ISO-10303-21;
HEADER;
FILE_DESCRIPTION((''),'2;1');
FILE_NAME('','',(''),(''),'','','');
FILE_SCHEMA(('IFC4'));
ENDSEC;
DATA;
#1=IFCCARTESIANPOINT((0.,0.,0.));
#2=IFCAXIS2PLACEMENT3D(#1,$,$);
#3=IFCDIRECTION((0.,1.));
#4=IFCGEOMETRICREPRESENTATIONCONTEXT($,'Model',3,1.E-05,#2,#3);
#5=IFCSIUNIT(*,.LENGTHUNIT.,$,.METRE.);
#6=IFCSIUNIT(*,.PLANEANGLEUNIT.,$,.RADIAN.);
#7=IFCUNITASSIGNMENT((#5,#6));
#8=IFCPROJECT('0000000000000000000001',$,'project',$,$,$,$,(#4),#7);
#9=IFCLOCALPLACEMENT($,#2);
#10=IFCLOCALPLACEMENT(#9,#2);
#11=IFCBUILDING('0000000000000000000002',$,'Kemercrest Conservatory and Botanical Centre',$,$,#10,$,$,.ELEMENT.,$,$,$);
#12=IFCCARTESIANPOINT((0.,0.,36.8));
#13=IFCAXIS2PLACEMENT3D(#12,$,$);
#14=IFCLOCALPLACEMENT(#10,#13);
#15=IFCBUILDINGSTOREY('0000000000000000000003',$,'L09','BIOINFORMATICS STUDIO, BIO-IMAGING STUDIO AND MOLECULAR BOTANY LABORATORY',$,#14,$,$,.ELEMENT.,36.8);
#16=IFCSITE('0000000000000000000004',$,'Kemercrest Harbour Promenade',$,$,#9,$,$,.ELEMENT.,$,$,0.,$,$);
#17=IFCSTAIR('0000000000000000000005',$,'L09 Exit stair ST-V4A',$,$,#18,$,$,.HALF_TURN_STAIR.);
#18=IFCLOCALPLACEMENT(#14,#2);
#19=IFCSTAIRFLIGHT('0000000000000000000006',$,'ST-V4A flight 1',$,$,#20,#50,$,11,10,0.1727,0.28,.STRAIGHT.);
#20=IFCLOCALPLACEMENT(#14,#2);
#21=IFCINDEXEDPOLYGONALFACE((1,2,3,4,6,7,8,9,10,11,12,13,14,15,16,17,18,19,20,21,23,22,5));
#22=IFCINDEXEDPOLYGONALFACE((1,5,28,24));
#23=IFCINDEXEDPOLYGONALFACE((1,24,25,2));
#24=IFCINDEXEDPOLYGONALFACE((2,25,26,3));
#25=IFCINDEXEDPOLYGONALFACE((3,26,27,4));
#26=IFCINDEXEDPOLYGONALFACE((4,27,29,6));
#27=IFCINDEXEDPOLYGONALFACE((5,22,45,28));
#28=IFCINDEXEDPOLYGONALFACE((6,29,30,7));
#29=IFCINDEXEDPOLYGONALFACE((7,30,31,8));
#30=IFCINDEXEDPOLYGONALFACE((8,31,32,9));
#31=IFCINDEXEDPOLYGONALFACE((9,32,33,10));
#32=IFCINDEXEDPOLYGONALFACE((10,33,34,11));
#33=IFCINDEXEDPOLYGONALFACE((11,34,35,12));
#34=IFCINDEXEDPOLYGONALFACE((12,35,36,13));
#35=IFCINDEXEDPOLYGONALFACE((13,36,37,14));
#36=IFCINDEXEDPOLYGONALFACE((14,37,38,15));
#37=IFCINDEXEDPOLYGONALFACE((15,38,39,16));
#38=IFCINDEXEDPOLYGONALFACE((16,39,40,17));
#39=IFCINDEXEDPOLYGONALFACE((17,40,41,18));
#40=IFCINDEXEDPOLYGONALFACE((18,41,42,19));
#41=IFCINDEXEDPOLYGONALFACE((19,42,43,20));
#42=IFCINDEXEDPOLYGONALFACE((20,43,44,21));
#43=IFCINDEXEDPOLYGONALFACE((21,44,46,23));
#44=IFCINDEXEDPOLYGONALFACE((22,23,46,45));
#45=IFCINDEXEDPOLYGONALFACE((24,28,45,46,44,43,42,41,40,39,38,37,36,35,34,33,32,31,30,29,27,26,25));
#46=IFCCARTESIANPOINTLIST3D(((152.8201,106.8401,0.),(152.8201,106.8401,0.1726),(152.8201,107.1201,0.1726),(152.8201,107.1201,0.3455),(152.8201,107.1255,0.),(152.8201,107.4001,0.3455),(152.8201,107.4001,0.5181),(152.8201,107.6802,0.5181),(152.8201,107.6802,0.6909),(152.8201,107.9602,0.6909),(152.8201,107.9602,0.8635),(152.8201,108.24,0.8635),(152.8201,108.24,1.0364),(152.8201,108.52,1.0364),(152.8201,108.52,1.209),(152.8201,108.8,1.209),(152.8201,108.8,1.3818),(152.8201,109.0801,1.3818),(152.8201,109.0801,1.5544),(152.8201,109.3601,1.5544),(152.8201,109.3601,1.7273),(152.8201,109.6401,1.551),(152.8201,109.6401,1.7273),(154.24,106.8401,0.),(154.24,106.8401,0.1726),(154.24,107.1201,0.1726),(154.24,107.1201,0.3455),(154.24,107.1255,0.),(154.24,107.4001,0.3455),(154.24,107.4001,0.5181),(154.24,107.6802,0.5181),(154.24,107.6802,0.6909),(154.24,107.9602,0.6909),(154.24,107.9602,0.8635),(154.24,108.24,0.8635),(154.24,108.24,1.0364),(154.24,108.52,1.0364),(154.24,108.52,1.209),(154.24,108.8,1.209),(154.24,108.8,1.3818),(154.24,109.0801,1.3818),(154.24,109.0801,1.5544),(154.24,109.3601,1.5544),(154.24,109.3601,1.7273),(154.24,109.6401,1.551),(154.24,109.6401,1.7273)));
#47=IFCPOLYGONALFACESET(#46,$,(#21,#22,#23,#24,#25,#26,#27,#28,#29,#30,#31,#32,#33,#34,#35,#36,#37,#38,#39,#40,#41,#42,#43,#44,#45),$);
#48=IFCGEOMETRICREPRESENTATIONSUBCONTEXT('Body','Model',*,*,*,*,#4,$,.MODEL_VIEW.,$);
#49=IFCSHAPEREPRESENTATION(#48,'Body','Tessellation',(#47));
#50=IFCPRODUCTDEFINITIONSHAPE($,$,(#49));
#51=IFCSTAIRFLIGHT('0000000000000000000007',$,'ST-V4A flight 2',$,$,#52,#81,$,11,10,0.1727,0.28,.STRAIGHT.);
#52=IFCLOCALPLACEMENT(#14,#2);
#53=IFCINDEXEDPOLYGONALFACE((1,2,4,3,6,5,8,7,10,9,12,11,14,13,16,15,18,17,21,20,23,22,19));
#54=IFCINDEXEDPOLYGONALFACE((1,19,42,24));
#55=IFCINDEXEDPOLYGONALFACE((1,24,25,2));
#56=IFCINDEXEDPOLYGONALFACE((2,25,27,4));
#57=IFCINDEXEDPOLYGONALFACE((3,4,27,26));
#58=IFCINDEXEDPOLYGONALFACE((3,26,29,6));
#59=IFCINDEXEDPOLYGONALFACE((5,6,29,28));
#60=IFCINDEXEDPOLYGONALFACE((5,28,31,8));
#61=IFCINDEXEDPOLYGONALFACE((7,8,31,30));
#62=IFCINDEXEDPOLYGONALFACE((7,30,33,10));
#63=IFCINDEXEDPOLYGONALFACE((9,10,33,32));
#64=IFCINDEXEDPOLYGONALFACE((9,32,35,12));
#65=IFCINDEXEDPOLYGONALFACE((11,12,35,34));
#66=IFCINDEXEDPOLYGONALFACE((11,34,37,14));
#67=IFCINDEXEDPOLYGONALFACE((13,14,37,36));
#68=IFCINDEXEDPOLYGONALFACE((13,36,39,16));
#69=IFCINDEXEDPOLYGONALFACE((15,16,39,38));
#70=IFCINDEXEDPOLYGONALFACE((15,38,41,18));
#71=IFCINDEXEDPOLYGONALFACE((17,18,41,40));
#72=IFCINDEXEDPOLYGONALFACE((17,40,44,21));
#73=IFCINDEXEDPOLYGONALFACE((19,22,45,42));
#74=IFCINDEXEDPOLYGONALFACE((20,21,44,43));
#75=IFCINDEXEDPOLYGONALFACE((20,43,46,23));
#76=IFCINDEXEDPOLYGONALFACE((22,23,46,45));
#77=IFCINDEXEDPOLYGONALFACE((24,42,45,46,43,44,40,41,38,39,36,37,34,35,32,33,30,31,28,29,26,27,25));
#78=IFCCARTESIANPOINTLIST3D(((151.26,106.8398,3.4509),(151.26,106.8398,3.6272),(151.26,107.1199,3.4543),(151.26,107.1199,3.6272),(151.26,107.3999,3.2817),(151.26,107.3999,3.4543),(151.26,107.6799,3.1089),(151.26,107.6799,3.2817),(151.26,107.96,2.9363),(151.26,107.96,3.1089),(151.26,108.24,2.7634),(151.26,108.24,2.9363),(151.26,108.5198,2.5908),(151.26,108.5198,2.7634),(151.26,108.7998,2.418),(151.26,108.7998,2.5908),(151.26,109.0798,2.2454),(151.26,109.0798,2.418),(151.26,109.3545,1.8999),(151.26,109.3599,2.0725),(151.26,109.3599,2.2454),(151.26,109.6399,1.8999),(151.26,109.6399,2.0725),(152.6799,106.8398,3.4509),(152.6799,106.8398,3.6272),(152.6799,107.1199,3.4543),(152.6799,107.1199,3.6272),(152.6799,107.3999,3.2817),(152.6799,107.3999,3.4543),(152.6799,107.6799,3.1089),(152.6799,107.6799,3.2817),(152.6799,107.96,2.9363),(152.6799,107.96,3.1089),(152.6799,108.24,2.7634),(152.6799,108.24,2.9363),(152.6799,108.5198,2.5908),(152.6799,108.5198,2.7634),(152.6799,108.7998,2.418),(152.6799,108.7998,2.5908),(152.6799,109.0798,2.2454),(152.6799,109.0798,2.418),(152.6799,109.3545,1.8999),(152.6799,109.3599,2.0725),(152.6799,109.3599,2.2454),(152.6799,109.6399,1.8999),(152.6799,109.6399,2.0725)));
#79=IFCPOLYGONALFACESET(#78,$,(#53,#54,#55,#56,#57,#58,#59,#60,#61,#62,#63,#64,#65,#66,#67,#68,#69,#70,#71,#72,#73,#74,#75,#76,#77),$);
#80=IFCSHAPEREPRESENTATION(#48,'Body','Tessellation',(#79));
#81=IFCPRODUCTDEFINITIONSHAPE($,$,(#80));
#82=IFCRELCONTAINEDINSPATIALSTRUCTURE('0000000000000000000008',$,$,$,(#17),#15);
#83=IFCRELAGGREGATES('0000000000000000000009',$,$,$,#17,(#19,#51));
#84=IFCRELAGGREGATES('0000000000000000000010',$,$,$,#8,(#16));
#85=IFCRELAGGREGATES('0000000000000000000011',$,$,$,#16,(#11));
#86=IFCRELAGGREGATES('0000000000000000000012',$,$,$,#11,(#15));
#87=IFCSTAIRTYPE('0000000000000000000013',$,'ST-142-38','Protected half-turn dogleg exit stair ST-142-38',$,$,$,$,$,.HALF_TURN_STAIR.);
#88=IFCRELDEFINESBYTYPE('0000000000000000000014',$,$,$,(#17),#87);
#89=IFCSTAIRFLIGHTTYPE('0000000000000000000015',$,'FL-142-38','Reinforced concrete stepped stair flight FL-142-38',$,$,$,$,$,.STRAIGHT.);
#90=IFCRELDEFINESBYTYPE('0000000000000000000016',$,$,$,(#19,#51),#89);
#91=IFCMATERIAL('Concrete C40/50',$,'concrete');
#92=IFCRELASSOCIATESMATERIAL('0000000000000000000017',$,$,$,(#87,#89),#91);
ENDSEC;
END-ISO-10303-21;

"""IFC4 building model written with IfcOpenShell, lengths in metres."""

from ifc_helpers import new_model, si_unit, direction, frame, origin, place, context, subcontext, project, spatial, polyline, outline, extrude, material, type_object, element, aggregate, save


model = new_model("IFC4")

# Units and contexts
model_context = context("Model", 3, precision=1e-05, world=origin(), true_north=direction((0.0, 1.0)))
body_context = subcontext(model_context, "Body", "Model", "MODEL_VIEW")
ifc_project = project(units=[si_unit("LENGTHUNIT", "METRE"), si_unit("PLANEANGLEUNIT", "RADIAN")], contexts=[model_context])

# Site, building, storey
site_placement = place(None, origin())
site = spatial("IfcSite", under=ifc_project, at=site_placement, Name="Kemercrest Harbour Promenade", CompositionType="ELEMENT", RefElevation=0.0)
building_placement = place(site_placement, origin())
building = spatial("IfcBuilding", under=site, at=building_placement, Name="Kemercrest Conservatory and Botanical Centre", CompositionType="ELEMENT")
storey_placement = place(building_placement, frame((0.0, 0.0, 36.8)))
storey = spatial("IfcBuildingStorey", under=building, at=storey_placement, Name="L09", Description="BIOINFORMATICS STUDIO, BIO-IMAGING STUDIO AND MOLECULAR BOTANY LABORATORY", CompositionType="ELEMENT", Elevation=36.8)

# Shared definitions
ifc_material_1 = material(Name="Concrete C40/50", Category="concrete")

# Stair, stair flights
stair_type = type_object("IfcStairType", Name="ST-142-38", Description="Protected half-turn dogleg exit stair ST-142-38", PredefinedType="HALF_TURN_STAIR", material=ifc_material_1)
stair_placement = place(storey_placement, origin())
stair = element("IfcStair", 1, at=stair_placement, inside=storey, type_object=stair_type, Name="L09 Exit stair ST-V4A", PredefinedType="HALF_TURN_STAIR")
stair_flight_type = type_object("IfcStairFlightType", Name="FL-142-38", Description="Reinforced concrete stepped stair flight FL-142-38", PredefinedType="STRAIGHT", material=ifc_material_1)
stair_flight_1_placement = place(storey_placement, frame((153.53, 106.8401, 0.0), z_axis=(0.0, 0.0, 1.0), x_axis=(0.0, 1.0, 0.0)))
stair_flight_1 = element("IfcStairFlight", 2, at=stair_flight_1_placement, type_object=stair_flight_type, Name="ST-V4A flight 1", NumberOfRisers=11, NumberOfTreads=10, PredefinedType="STRAIGHT", RiserHeight=0.1727, TreadLength=0.28, context=body_context, shape_type="SweptSolid", body=[
    extrude(outline(polyline([(0.0, 0.0), (0.0, 0.1726), (0.28, 0.1726), (0.28, 0.3455), (0.5601, 0.3455), (0.5601, 0.5181), (0.8401, 0.5181), (0.8401, 0.6909), (1.1201, 0.6909), (1.1201, 0.8635), (1.3999, 0.8635), (1.3999, 1.0364), (1.6799, 1.0364), (1.6799, 1.209), (1.96, 1.209), (1.96, 1.3818), (2.24, 1.3818), (2.24, 1.5544), (2.52, 1.5544), (2.52, 1.7273), (2.8, 1.7273), (2.8, 1.8999), (2.8, 1.551), (0.2854, 0.0), (0.0, 0.0)])), frame((0.0, 0.71, 0.0), z_axis=(0.0, -1.0, 0.0), x_axis=(1.0, 0.0, 0.0)), (0.0, 0.0, 1.0), 1.4199),
])
stair_flight_2_placement = place(storey_placement, frame((151.97, 109.6399, 1.8999), z_axis=(0.0, 0.0, 1.0), x_axis=(0.0, -1.0, 0.0)))
stair_flight_2 = element("IfcStairFlight", 3, at=stair_flight_2_placement, type_object=stair_flight_type, Name="ST-V4A flight 2", NumberOfRisers=11, NumberOfTreads=10, PredefinedType="STRAIGHT", RiserHeight=0.1727, TreadLength=0.28, context=body_context, shape_type="SweptSolid", body=[
    extrude(outline(polyline([(0.0, 0.0), (0.0, 0.1726), (0.28, 0.1726), (0.28, 0.3455), (0.5601, 0.3455), (0.5601, 0.5181), (0.8401, 0.5181), (0.8401, 0.6909), (1.1201, 0.6909), (1.1201, 0.8635), (1.3999, 0.8635), (1.3999, 1.0364), (1.6799, 1.0364), (1.6799, 1.209), (1.96, 1.209), (1.96, 1.3818), (2.24, 1.3818), (2.24, 1.5544), (2.52, 1.5544), (2.52, 1.7273), (2.8, 1.7273), (2.8, 1.8999), (2.8, 1.551), (0.2854, 0.0), (0.0, 0.0)])), frame((0.0, 0.71, 0.0), z_axis=(0.0, -1.0, 0.0), x_axis=(1.0, 0.0, 0.0)), (0.0, 0.0, 1.0), 1.4199),
])
aggregate(stair, [stair_flight_1, stair_flight_2])

save(model, "model.ifc")
